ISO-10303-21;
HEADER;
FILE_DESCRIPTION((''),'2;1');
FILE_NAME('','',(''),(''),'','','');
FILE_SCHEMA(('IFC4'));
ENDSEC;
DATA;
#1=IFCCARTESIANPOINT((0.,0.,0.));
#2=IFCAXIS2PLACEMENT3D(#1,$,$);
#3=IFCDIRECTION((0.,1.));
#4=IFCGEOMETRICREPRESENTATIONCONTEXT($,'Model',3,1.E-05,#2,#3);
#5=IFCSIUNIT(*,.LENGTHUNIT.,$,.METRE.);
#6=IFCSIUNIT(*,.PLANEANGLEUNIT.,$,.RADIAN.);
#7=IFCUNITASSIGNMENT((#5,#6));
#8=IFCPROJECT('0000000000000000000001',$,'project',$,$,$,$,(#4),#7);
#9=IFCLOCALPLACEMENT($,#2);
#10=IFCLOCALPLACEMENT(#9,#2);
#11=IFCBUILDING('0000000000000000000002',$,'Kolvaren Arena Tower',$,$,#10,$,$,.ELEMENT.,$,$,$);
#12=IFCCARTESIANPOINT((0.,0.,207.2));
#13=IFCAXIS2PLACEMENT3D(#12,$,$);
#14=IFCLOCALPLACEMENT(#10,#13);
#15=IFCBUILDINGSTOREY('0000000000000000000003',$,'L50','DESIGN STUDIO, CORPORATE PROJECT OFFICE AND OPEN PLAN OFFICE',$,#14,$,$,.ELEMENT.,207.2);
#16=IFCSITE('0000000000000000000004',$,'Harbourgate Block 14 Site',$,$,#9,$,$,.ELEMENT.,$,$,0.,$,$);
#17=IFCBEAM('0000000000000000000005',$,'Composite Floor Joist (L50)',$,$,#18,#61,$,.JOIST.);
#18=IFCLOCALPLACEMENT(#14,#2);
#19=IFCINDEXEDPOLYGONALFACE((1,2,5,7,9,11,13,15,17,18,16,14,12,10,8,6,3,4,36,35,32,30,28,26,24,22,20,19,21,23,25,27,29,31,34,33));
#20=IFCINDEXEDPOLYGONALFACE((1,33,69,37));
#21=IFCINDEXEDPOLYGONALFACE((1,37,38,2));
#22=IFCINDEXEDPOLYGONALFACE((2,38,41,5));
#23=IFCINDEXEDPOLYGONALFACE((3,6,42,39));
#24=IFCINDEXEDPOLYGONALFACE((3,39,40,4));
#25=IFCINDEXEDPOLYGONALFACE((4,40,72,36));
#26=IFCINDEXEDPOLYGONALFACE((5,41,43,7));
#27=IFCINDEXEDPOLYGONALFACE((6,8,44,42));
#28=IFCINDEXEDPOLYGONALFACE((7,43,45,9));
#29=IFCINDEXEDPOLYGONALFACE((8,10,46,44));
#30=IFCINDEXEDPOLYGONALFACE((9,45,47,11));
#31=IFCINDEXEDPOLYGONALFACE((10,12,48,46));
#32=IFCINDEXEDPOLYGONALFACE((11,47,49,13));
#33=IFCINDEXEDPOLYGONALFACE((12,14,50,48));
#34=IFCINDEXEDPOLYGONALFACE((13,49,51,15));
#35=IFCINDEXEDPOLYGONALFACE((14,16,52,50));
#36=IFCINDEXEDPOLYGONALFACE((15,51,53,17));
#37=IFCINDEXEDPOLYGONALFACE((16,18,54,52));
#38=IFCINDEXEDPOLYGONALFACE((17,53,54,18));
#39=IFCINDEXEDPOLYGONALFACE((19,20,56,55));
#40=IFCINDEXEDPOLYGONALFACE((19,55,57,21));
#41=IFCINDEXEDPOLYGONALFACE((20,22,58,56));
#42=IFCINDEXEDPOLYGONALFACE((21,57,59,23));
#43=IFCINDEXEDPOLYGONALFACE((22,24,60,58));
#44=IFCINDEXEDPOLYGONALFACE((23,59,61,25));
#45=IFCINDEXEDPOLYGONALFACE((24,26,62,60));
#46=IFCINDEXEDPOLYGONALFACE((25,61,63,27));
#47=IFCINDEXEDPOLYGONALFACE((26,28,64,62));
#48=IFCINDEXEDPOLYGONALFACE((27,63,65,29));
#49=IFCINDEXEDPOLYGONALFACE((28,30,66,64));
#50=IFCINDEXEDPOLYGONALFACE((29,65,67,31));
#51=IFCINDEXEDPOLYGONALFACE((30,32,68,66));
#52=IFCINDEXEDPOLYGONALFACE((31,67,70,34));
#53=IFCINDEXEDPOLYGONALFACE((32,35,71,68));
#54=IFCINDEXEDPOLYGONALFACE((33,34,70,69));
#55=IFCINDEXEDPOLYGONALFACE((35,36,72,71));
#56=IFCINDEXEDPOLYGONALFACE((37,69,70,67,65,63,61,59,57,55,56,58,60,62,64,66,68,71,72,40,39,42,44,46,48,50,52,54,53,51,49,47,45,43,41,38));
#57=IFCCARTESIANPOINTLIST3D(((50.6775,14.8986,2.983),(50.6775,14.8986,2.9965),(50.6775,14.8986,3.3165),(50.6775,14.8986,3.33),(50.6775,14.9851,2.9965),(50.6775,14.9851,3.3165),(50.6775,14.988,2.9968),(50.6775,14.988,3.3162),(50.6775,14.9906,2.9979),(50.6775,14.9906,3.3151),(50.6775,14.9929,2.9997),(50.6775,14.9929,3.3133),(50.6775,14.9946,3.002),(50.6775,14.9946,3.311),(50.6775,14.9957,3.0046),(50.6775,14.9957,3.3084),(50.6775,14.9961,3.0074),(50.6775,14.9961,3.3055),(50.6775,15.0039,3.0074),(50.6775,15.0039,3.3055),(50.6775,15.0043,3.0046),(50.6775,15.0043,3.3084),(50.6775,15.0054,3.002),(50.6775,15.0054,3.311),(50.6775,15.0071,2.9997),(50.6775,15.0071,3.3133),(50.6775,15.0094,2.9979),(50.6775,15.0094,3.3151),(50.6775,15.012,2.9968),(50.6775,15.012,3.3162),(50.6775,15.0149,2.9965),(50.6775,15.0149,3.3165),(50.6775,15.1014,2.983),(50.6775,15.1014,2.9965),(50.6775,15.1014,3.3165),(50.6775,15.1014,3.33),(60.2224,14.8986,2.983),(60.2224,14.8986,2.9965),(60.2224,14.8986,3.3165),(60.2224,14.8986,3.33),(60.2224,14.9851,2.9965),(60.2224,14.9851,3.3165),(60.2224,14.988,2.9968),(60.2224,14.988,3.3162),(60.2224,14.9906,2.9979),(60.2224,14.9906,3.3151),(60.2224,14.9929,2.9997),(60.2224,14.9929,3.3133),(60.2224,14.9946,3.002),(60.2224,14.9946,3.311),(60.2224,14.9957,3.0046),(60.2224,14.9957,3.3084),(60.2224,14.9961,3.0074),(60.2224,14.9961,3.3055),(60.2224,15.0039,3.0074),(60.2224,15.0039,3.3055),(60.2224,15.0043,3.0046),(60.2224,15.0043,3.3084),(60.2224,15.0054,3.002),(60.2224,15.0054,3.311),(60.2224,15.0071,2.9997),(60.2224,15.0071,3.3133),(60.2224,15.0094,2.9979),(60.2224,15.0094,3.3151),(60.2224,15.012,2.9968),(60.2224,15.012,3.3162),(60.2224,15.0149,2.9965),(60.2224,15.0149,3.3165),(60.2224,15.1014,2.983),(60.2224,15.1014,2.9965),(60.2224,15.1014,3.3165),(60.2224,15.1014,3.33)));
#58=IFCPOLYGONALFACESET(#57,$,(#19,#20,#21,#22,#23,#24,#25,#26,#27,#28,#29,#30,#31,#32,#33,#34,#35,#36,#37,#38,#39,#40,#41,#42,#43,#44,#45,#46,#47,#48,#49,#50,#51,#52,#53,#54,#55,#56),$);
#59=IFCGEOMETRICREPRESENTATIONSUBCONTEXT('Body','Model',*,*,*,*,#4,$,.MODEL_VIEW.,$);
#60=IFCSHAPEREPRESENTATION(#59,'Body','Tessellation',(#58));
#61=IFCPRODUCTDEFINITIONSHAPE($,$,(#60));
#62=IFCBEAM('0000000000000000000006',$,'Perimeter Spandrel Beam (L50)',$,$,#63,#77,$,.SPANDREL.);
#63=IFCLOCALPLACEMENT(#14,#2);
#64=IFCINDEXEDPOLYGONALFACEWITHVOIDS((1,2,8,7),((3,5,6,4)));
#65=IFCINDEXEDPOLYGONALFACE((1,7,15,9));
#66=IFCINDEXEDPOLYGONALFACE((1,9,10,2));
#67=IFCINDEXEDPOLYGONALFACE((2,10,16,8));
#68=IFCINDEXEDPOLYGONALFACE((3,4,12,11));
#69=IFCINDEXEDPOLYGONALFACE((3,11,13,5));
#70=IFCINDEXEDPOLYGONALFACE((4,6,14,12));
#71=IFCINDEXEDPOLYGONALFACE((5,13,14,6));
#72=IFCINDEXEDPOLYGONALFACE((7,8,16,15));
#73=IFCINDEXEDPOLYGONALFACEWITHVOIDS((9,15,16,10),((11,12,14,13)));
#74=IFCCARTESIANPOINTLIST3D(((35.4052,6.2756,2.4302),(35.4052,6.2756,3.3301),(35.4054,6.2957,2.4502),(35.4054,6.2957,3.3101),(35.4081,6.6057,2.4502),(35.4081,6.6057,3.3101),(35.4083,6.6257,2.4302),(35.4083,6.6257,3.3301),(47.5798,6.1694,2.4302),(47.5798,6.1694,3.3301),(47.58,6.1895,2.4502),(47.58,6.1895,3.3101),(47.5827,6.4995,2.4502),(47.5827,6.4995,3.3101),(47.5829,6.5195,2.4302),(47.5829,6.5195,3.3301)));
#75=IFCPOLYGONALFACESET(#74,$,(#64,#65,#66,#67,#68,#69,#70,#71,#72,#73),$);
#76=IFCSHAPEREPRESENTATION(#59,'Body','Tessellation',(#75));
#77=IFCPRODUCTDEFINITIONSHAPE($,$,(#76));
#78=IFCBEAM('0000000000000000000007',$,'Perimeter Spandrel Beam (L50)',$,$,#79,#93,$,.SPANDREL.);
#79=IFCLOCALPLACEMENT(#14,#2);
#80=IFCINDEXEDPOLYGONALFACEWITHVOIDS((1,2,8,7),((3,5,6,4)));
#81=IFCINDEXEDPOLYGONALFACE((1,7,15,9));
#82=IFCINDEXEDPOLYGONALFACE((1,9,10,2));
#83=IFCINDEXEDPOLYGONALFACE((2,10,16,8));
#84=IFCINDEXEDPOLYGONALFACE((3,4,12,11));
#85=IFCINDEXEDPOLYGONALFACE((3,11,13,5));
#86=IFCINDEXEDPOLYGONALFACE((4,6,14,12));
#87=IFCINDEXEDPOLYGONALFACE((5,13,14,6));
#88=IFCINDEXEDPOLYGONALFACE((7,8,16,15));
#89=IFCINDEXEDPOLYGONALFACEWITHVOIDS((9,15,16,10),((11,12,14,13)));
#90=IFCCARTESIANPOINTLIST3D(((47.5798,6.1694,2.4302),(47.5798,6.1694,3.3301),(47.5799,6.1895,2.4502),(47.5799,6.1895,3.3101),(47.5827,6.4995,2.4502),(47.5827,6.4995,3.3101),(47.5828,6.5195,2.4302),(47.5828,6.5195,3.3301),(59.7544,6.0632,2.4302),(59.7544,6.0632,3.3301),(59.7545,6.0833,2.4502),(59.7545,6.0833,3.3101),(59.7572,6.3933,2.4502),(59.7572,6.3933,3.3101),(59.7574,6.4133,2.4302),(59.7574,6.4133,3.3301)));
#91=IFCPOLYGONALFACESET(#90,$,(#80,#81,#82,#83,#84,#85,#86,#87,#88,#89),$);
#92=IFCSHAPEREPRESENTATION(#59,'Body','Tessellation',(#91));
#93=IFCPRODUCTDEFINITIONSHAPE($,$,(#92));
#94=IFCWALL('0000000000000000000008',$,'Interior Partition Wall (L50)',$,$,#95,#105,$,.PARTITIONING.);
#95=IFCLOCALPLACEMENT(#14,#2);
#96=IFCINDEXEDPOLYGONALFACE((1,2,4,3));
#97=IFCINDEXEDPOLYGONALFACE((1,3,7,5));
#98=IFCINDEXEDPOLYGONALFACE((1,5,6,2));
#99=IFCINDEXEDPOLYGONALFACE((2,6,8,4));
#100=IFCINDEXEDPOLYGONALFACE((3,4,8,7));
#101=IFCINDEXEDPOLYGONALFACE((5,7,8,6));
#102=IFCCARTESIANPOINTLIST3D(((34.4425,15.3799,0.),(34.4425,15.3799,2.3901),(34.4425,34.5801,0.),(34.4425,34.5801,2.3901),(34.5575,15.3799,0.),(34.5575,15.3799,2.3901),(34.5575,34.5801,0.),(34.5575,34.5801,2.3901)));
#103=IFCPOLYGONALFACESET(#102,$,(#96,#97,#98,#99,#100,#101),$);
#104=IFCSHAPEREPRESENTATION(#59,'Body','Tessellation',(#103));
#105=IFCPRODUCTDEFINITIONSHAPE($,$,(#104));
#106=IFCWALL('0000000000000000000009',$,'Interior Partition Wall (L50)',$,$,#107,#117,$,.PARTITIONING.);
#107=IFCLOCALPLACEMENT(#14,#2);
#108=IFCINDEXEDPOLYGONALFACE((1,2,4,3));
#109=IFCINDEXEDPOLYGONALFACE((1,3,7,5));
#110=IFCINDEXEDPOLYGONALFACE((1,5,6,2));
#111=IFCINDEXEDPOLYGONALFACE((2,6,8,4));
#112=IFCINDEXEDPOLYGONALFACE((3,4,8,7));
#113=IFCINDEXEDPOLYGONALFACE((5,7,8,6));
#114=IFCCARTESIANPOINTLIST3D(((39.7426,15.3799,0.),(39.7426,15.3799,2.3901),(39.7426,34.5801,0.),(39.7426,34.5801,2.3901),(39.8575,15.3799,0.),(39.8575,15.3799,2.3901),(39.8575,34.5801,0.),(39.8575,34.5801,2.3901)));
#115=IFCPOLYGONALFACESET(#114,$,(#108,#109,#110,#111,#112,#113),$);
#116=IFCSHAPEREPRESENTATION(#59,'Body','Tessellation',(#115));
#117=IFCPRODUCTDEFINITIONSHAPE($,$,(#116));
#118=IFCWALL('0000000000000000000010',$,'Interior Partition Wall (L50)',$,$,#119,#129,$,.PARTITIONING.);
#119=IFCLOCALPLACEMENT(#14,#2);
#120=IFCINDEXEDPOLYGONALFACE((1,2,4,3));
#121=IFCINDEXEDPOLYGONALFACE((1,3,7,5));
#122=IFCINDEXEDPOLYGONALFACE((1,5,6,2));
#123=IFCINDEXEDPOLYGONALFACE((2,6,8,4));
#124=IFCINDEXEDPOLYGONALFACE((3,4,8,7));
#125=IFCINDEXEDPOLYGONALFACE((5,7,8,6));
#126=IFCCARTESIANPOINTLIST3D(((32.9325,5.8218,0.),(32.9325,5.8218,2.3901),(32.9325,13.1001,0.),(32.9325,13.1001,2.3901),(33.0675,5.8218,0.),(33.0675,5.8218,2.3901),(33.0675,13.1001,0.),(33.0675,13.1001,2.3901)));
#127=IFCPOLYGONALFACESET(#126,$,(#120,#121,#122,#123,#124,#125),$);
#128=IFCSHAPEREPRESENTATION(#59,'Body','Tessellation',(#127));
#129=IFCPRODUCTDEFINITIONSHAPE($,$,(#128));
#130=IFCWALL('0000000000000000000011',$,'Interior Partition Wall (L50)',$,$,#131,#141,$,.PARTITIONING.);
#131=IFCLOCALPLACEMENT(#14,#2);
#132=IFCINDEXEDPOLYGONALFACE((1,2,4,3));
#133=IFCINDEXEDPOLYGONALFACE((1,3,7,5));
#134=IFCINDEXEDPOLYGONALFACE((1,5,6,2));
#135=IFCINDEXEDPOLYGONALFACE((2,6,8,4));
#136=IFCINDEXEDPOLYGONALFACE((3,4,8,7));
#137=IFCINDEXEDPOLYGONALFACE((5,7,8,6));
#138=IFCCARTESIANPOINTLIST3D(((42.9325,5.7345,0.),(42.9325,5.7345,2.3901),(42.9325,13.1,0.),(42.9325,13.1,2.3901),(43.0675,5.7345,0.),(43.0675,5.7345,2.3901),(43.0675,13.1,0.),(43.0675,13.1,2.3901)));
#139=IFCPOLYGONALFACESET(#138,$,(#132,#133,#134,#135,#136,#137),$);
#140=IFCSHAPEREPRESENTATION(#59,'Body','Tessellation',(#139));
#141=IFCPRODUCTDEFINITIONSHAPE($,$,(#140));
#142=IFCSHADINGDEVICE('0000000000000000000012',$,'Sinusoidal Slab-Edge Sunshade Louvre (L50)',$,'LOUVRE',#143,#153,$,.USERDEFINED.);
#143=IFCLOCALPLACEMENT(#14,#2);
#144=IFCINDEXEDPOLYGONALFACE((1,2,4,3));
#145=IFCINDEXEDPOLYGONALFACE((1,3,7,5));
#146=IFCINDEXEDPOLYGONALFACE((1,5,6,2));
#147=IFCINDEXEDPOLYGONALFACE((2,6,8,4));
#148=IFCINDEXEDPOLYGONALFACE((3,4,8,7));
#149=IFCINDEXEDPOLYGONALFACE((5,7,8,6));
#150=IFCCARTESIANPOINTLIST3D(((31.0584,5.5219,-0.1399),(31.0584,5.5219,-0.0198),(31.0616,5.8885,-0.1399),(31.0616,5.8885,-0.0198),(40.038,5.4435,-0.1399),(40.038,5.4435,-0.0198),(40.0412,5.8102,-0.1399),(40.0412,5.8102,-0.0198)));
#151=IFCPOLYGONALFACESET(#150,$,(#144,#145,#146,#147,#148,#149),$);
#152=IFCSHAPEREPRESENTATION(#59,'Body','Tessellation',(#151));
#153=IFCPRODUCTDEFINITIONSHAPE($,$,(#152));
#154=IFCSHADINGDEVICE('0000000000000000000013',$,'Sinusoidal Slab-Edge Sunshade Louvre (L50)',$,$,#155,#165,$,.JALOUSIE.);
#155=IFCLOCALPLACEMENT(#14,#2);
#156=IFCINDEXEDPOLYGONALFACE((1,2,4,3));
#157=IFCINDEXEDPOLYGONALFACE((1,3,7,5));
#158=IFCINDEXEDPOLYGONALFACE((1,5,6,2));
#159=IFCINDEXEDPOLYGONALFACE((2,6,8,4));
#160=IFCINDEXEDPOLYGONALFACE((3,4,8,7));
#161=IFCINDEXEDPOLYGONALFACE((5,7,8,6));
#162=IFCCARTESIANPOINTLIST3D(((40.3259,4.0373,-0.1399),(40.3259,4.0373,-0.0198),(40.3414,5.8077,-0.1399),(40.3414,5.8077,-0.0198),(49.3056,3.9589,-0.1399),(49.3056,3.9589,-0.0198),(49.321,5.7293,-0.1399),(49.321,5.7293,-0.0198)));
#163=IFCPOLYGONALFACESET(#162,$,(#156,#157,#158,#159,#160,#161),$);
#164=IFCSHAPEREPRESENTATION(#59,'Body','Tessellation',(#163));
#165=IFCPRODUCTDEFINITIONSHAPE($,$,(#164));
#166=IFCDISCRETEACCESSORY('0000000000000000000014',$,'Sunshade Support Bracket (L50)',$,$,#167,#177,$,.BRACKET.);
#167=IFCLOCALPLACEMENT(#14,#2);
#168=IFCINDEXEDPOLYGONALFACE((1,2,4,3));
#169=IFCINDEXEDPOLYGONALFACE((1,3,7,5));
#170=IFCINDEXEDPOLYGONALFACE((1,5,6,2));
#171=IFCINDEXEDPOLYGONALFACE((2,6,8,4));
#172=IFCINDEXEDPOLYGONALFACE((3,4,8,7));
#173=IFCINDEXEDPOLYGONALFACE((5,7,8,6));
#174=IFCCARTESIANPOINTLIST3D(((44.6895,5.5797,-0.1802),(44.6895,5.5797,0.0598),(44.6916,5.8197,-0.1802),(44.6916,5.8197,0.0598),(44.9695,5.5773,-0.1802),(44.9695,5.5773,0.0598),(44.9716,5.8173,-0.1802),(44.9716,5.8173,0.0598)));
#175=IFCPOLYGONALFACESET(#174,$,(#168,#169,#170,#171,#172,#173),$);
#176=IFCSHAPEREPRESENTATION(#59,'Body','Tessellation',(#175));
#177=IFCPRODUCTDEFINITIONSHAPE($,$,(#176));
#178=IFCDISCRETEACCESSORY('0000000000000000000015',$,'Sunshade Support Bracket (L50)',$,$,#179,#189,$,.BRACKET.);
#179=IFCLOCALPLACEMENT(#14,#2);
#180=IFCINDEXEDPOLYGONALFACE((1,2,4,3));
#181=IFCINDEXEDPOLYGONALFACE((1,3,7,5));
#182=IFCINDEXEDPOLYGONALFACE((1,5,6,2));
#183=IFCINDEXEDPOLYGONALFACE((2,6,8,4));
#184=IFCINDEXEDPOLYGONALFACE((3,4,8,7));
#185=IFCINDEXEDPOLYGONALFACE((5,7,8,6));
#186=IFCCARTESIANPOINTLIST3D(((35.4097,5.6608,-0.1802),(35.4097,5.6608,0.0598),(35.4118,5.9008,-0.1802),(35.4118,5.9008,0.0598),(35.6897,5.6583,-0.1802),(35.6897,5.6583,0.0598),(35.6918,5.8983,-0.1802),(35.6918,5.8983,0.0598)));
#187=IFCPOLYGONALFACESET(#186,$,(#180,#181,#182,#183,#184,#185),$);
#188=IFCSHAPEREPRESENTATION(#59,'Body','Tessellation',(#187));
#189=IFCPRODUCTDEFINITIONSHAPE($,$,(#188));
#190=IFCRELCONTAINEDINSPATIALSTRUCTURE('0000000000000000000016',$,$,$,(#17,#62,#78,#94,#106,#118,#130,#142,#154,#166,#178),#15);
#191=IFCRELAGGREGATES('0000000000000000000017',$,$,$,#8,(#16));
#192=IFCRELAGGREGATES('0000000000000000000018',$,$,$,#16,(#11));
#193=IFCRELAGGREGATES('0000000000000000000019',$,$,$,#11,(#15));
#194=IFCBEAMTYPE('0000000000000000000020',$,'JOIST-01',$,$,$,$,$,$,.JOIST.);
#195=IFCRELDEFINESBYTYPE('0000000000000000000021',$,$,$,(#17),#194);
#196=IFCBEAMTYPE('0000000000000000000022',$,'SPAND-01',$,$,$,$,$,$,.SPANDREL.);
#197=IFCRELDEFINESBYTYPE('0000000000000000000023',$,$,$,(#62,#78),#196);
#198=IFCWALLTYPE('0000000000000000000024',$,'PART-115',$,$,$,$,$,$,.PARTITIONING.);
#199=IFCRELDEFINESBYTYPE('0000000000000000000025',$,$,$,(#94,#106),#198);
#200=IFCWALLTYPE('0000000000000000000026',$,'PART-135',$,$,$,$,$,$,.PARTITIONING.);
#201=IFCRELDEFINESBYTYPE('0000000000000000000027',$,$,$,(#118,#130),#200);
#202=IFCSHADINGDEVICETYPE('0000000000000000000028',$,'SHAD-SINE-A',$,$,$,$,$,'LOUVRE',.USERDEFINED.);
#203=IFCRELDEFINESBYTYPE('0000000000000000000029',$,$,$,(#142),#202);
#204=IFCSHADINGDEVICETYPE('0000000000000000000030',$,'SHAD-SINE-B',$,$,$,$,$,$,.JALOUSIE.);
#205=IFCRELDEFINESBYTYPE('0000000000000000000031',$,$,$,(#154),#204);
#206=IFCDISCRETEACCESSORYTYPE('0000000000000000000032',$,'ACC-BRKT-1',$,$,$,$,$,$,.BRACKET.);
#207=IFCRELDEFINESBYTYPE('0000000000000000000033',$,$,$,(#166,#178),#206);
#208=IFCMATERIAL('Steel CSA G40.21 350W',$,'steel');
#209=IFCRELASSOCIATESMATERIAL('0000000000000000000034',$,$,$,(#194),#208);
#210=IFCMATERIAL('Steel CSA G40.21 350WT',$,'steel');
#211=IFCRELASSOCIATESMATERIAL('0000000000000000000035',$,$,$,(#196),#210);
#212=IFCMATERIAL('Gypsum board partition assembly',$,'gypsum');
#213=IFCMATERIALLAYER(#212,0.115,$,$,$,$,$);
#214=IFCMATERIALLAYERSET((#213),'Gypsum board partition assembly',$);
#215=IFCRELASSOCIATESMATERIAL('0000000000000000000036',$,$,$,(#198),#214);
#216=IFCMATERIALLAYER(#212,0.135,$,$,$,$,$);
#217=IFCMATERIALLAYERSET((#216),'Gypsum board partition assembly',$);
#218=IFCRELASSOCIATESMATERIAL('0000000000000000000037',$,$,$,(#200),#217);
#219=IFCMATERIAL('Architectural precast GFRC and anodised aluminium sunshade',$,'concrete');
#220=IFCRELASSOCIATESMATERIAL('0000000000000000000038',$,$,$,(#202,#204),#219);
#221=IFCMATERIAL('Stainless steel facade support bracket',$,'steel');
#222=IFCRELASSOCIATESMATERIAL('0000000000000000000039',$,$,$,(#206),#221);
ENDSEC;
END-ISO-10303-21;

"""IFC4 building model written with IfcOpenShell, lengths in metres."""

from ifc_helpers import new_model, si_unit, direction, frame, frame_2d, origin, origin_2d, place, context, subcontext, project, spatial, rectangle, hollow_rectangle, i_section, extrude, material, layer, layer_set, material_profile, profile_set, type_object, element, save


model = new_model("IFC4")

# Units and contexts
model_context = context("Model", 3, precision=1e-05, world=origin(), true_north=direction((0.0, 1.0)))
body_context = subcontext(model_context, "Body", "Model", "MODEL_VIEW")
ifc_project = project(units=[si_unit("LENGTHUNIT", "METRE"), si_unit("PLANEANGLEUNIT", "RADIAN")], contexts=[model_context])

# Site, building, storey
site_placement = place(None, origin())
site = spatial("IfcSite", under=ifc_project, at=site_placement, Name="Harbourgate Block 14 Site", CompositionType="ELEMENT", RefElevation=0.0)
building_placement = place(site_placement, origin())
building = spatial("IfcBuilding", under=site, at=building_placement, Name="Kolvaren Arena Tower", CompositionType="ELEMENT")
storey_placement = place(building_placement, frame((0.0, 0.0, 207.2)))
storey = spatial("IfcBuildingStorey", under=building, at=storey_placement, Name="L50", Description="DESIGN STUDIO, CORPORATE PROJECT OFFICE AND OPEN PLAN OFFICE", CompositionType="ELEMENT", Elevation=207.2)

# Beams
ifc_material_1 = material(Name="Steel CSA G40.21 350W", Category="steel")
ifc_material_profile_1 = material_profile(ifc_material_1, i_section(OverallWidth=0.2029, OverallDepth=0.3469, WebThickness=0.0078, FlangeThickness=0.0134, FilletRadius=0.011, at=origin_2d()), Name="W360x64")
ifc_profile_set_1 = profile_set([ifc_material_profile_1], Name="Steel CSA G40.21 350W")
beam_type_1 = type_object("IfcBeamType", Name="JOIST-01", PredefinedType="JOIST", material=ifc_profile_set_1)
beam_1_placement = place(storey_placement, frame((50.6775, 15.0, 3.1565), z_axis=(1.0, 0.0, 0.0), x_axis=(0.0, 1.0, 0.0)))
element("IfcBeam", 1, at=beam_1_placement, inside=storey, type_object=beam_type_1, Name="Composite Floor Joist (L50)", PredefinedType="JOIST", context=body_context, shape_type="SweptSolid", body=[
    extrude(i_section(OverallWidth=0.2029, OverallDepth=0.3469, WebThickness=0.0078, FlangeThickness=0.0134, FilletRadius=0.011, at=origin_2d()), origin(), (0.0, 0.0, 1.0), 9.5449),
])
ifc_material_2 = material(Name="Steel CSA G40.21 350WT", Category="steel")
ifc_material_profile_2 = material_profile(ifc_material_2, hollow_rectangle(XDim=0.3501, YDim=0.8999, WallThickness=0.02, at=origin_2d()), Name="HSS 900x350x20")
ifc_profile_set_2 = profile_set([ifc_material_profile_2], Name="Steel CSA G40.21 350WT")
beam_type_2 = type_object("IfcBeamType", Name="SPAND-01", PredefinedType="SPANDREL", material=ifc_profile_set_2)
for number, where, z_axis, x_axis, name in (
    (2, (35.4067, 6.4507, 2.8801), (0.999962, -0.008723, 0.0), (0.008723, 0.999962, 0.0), "Perimeter Spandrel Beam (L50)"),
    (3, (47.5813, 6.3445, 2.8801), (0.999962, -0.008723, 0.0), (0.008723, 0.999962, 0.0), "Perimeter Spandrel Beam (L50)"),
):
    element("IfcBeam", number, at=place(storey_placement, frame(where, z_axis=z_axis, x_axis=x_axis)), inside=storey, type_object=beam_type_2, Name=name, PredefinedType="SPANDREL", context=body_context, shape_type="SweptSolid", body=[
        extrude(hollow_rectangle(XDim=0.3501, YDim=0.8999, WallThickness=0.02, at=origin_2d()), origin(), (0.0, 0.0, 1.0), 12.175),
    ])

# Walls
ifc_material_3 = material(Name="Gypsum board partition assembly", Category="gypsum")
ifc_layer_1 = layer(ifc_material_3, 0.115)
ifc_layer_set_1 = layer_set([ifc_layer_1], Name="Gypsum board partition assembly")
wall_type_1 = type_object("IfcWallType", Name="PART-115", PredefinedType="PARTITIONING", material=ifc_layer_set_1)
for number, where, z_axis, x_axis, name in (
    (4, (34.5, 15.3799, 0.0), (0.0, 0.0, 1.0), (0.0, 1.0, 0.0), "Interior Partition Wall (L50)"),
    (5, (39.8, 15.3799, 0.0), (0.0, 0.0, 1.0), (0.0, 1.0, 0.0), "Interior Partition Wall (L50)"),
):
    element("IfcWall", number, at=place(storey_placement, frame(where, z_axis=z_axis, x_axis=x_axis)), inside=storey, type_object=wall_type_1, Name=name, PredefinedType="PARTITIONING", context=body_context, shape_type="SweptSolid", body=[
        extrude(rectangle(XDim=19.2002, YDim=0.115, at=frame_2d((9.6001, 0.0))), origin(), (0.0, 0.0, 1.0), 2.3901),
    ])
ifc_layer_2 = layer(ifc_material_3, 0.135)
ifc_layer_set_2 = layer_set([ifc_layer_2], Name="Gypsum board partition assembly")
wall_type_2 = type_object("IfcWallType", Name="PART-135", PredefinedType="PARTITIONING", material=ifc_layer_set_2)
wall_1_placement = place(storey_placement, frame((33.0, 5.8218, 0.0), z_axis=(0.0, 0.0, 1.0), x_axis=(0.0, 1.0, 0.0)))
element("IfcWall", 6, at=wall_1_placement, inside=storey, type_object=wall_type_2, Name="Interior Partition Wall (L50)", PredefinedType="PARTITIONING", context=body_context, shape_type="SweptSolid", body=[
    extrude(rectangle(XDim=7.2783, YDim=0.135, at=frame_2d((3.6392, 0.0))), origin(), (0.0, 0.0, 1.0), 2.3901),
])
wall_2_placement = place(storey_placement, frame((43.0, 5.7346, 0.0), z_axis=(0.0, 0.0, 1.0), x_axis=(0.0, 1.0, 0.0)))
element("IfcWall", 7, at=wall_2_placement, inside=storey, type_object=wall_type_2, Name="Interior Partition Wall (L50)", PredefinedType="PARTITIONING", context=body_context, shape_type="SweptSolid", body=[
    extrude(rectangle(XDim=7.3655, YDim=0.135, at=frame_2d((3.6826, 0.0))), origin(), (0.0, 0.0, 1.0), 2.3901),
])

# Shading devices
ifc_material_4 = material(Name="Architectural precast GFRC and anodised aluminium sunshade", Category="concrete")
shading_device_type_1 = type_object("IfcShadingDeviceType", Name="SHAD-SINE-A", ElementType="LOUVRE", PredefinedType="USERDEFINED", material=ifc_material_4)
shading_device_1_placement = place(storey_placement, frame((35.5498, 5.666, -0.1399), z_axis=(0.0, 0.0, 1.0), x_axis=(-0.999962, 0.008727, 0.0)))
element("IfcShadingDevice", 8, at=shading_device_1_placement, inside=storey, type_object=shading_device_type_1, Name="Sinusoidal Slab-Edge Sunshade Louvre (L50)", ObjectType="LOUVRE", PredefinedType="USERDEFINED", context=body_context, shape_type="SweptSolid", body=[
    extrude(rectangle(XDim=8.98, YDim=0.3667, at=origin_2d()), origin(), (0.0, 0.0, 1.0), 0.1201),
])
shading_device_type_2 = type_object("IfcShadingDeviceType", Name="SHAD-SINE-B", PredefinedType="JALOUSIE", material=ifc_material_4)
shading_device_2_placement = place(storey_placement, frame((44.8235, 4.8833, -0.1399), z_axis=(0.0, 0.0, 1.0), x_axis=(-0.999962, 0.008727, 0.0)))
element("IfcShadingDevice", 9, at=shading_device_2_placement, inside=storey, type_object=shading_device_type_2, Name="Sinusoidal Slab-Edge Sunshade Louvre (L50)", PredefinedType="JALOUSIE", context=body_context, shape_type="SweptSolid", body=[
    extrude(rectangle(XDim=8.98, YDim=1.7705, at=origin_2d()), origin(), (0.0, 0.0, 1.0), 0.1201),
])

# Discrete accessories
ifc_material_5 = material(Name="Stainless steel facade support bracket", Category="steel")
discrete_accessory_type = type_object("IfcDiscreteAccessoryType", Name="ACC-BRKT-1", PredefinedType="BRACKET", material=ifc_material_5)
for number, where, z_axis, x_axis, name in (
    (10, (44.8306, 5.6985, -0.1802), (0.0, 0.0, 1.0), (-0.999962, 0.008727, 0.0), "Sunshade Support Bracket (L50)"),
    (11, (35.5508, 5.7795, -0.1802), (0.0, 0.0, 1.0), (-0.999962, 0.008727, 0.0), "Sunshade Support Bracket (L50)"),
):
    element("IfcDiscreteAccessory", number, at=place(storey_placement, frame(where, z_axis=z_axis, x_axis=x_axis)), inside=storey, type_object=discrete_accessory_type, Name=name, PredefinedType="BRACKET", context=body_context, shape_type="SweptSolid", body=[
        extrude(rectangle(XDim=0.28, YDim=0.24, at=origin_2d()), origin(), (0.0, 0.0, 1.0), 0.24),
    ])

save(model, "model.ifc")
